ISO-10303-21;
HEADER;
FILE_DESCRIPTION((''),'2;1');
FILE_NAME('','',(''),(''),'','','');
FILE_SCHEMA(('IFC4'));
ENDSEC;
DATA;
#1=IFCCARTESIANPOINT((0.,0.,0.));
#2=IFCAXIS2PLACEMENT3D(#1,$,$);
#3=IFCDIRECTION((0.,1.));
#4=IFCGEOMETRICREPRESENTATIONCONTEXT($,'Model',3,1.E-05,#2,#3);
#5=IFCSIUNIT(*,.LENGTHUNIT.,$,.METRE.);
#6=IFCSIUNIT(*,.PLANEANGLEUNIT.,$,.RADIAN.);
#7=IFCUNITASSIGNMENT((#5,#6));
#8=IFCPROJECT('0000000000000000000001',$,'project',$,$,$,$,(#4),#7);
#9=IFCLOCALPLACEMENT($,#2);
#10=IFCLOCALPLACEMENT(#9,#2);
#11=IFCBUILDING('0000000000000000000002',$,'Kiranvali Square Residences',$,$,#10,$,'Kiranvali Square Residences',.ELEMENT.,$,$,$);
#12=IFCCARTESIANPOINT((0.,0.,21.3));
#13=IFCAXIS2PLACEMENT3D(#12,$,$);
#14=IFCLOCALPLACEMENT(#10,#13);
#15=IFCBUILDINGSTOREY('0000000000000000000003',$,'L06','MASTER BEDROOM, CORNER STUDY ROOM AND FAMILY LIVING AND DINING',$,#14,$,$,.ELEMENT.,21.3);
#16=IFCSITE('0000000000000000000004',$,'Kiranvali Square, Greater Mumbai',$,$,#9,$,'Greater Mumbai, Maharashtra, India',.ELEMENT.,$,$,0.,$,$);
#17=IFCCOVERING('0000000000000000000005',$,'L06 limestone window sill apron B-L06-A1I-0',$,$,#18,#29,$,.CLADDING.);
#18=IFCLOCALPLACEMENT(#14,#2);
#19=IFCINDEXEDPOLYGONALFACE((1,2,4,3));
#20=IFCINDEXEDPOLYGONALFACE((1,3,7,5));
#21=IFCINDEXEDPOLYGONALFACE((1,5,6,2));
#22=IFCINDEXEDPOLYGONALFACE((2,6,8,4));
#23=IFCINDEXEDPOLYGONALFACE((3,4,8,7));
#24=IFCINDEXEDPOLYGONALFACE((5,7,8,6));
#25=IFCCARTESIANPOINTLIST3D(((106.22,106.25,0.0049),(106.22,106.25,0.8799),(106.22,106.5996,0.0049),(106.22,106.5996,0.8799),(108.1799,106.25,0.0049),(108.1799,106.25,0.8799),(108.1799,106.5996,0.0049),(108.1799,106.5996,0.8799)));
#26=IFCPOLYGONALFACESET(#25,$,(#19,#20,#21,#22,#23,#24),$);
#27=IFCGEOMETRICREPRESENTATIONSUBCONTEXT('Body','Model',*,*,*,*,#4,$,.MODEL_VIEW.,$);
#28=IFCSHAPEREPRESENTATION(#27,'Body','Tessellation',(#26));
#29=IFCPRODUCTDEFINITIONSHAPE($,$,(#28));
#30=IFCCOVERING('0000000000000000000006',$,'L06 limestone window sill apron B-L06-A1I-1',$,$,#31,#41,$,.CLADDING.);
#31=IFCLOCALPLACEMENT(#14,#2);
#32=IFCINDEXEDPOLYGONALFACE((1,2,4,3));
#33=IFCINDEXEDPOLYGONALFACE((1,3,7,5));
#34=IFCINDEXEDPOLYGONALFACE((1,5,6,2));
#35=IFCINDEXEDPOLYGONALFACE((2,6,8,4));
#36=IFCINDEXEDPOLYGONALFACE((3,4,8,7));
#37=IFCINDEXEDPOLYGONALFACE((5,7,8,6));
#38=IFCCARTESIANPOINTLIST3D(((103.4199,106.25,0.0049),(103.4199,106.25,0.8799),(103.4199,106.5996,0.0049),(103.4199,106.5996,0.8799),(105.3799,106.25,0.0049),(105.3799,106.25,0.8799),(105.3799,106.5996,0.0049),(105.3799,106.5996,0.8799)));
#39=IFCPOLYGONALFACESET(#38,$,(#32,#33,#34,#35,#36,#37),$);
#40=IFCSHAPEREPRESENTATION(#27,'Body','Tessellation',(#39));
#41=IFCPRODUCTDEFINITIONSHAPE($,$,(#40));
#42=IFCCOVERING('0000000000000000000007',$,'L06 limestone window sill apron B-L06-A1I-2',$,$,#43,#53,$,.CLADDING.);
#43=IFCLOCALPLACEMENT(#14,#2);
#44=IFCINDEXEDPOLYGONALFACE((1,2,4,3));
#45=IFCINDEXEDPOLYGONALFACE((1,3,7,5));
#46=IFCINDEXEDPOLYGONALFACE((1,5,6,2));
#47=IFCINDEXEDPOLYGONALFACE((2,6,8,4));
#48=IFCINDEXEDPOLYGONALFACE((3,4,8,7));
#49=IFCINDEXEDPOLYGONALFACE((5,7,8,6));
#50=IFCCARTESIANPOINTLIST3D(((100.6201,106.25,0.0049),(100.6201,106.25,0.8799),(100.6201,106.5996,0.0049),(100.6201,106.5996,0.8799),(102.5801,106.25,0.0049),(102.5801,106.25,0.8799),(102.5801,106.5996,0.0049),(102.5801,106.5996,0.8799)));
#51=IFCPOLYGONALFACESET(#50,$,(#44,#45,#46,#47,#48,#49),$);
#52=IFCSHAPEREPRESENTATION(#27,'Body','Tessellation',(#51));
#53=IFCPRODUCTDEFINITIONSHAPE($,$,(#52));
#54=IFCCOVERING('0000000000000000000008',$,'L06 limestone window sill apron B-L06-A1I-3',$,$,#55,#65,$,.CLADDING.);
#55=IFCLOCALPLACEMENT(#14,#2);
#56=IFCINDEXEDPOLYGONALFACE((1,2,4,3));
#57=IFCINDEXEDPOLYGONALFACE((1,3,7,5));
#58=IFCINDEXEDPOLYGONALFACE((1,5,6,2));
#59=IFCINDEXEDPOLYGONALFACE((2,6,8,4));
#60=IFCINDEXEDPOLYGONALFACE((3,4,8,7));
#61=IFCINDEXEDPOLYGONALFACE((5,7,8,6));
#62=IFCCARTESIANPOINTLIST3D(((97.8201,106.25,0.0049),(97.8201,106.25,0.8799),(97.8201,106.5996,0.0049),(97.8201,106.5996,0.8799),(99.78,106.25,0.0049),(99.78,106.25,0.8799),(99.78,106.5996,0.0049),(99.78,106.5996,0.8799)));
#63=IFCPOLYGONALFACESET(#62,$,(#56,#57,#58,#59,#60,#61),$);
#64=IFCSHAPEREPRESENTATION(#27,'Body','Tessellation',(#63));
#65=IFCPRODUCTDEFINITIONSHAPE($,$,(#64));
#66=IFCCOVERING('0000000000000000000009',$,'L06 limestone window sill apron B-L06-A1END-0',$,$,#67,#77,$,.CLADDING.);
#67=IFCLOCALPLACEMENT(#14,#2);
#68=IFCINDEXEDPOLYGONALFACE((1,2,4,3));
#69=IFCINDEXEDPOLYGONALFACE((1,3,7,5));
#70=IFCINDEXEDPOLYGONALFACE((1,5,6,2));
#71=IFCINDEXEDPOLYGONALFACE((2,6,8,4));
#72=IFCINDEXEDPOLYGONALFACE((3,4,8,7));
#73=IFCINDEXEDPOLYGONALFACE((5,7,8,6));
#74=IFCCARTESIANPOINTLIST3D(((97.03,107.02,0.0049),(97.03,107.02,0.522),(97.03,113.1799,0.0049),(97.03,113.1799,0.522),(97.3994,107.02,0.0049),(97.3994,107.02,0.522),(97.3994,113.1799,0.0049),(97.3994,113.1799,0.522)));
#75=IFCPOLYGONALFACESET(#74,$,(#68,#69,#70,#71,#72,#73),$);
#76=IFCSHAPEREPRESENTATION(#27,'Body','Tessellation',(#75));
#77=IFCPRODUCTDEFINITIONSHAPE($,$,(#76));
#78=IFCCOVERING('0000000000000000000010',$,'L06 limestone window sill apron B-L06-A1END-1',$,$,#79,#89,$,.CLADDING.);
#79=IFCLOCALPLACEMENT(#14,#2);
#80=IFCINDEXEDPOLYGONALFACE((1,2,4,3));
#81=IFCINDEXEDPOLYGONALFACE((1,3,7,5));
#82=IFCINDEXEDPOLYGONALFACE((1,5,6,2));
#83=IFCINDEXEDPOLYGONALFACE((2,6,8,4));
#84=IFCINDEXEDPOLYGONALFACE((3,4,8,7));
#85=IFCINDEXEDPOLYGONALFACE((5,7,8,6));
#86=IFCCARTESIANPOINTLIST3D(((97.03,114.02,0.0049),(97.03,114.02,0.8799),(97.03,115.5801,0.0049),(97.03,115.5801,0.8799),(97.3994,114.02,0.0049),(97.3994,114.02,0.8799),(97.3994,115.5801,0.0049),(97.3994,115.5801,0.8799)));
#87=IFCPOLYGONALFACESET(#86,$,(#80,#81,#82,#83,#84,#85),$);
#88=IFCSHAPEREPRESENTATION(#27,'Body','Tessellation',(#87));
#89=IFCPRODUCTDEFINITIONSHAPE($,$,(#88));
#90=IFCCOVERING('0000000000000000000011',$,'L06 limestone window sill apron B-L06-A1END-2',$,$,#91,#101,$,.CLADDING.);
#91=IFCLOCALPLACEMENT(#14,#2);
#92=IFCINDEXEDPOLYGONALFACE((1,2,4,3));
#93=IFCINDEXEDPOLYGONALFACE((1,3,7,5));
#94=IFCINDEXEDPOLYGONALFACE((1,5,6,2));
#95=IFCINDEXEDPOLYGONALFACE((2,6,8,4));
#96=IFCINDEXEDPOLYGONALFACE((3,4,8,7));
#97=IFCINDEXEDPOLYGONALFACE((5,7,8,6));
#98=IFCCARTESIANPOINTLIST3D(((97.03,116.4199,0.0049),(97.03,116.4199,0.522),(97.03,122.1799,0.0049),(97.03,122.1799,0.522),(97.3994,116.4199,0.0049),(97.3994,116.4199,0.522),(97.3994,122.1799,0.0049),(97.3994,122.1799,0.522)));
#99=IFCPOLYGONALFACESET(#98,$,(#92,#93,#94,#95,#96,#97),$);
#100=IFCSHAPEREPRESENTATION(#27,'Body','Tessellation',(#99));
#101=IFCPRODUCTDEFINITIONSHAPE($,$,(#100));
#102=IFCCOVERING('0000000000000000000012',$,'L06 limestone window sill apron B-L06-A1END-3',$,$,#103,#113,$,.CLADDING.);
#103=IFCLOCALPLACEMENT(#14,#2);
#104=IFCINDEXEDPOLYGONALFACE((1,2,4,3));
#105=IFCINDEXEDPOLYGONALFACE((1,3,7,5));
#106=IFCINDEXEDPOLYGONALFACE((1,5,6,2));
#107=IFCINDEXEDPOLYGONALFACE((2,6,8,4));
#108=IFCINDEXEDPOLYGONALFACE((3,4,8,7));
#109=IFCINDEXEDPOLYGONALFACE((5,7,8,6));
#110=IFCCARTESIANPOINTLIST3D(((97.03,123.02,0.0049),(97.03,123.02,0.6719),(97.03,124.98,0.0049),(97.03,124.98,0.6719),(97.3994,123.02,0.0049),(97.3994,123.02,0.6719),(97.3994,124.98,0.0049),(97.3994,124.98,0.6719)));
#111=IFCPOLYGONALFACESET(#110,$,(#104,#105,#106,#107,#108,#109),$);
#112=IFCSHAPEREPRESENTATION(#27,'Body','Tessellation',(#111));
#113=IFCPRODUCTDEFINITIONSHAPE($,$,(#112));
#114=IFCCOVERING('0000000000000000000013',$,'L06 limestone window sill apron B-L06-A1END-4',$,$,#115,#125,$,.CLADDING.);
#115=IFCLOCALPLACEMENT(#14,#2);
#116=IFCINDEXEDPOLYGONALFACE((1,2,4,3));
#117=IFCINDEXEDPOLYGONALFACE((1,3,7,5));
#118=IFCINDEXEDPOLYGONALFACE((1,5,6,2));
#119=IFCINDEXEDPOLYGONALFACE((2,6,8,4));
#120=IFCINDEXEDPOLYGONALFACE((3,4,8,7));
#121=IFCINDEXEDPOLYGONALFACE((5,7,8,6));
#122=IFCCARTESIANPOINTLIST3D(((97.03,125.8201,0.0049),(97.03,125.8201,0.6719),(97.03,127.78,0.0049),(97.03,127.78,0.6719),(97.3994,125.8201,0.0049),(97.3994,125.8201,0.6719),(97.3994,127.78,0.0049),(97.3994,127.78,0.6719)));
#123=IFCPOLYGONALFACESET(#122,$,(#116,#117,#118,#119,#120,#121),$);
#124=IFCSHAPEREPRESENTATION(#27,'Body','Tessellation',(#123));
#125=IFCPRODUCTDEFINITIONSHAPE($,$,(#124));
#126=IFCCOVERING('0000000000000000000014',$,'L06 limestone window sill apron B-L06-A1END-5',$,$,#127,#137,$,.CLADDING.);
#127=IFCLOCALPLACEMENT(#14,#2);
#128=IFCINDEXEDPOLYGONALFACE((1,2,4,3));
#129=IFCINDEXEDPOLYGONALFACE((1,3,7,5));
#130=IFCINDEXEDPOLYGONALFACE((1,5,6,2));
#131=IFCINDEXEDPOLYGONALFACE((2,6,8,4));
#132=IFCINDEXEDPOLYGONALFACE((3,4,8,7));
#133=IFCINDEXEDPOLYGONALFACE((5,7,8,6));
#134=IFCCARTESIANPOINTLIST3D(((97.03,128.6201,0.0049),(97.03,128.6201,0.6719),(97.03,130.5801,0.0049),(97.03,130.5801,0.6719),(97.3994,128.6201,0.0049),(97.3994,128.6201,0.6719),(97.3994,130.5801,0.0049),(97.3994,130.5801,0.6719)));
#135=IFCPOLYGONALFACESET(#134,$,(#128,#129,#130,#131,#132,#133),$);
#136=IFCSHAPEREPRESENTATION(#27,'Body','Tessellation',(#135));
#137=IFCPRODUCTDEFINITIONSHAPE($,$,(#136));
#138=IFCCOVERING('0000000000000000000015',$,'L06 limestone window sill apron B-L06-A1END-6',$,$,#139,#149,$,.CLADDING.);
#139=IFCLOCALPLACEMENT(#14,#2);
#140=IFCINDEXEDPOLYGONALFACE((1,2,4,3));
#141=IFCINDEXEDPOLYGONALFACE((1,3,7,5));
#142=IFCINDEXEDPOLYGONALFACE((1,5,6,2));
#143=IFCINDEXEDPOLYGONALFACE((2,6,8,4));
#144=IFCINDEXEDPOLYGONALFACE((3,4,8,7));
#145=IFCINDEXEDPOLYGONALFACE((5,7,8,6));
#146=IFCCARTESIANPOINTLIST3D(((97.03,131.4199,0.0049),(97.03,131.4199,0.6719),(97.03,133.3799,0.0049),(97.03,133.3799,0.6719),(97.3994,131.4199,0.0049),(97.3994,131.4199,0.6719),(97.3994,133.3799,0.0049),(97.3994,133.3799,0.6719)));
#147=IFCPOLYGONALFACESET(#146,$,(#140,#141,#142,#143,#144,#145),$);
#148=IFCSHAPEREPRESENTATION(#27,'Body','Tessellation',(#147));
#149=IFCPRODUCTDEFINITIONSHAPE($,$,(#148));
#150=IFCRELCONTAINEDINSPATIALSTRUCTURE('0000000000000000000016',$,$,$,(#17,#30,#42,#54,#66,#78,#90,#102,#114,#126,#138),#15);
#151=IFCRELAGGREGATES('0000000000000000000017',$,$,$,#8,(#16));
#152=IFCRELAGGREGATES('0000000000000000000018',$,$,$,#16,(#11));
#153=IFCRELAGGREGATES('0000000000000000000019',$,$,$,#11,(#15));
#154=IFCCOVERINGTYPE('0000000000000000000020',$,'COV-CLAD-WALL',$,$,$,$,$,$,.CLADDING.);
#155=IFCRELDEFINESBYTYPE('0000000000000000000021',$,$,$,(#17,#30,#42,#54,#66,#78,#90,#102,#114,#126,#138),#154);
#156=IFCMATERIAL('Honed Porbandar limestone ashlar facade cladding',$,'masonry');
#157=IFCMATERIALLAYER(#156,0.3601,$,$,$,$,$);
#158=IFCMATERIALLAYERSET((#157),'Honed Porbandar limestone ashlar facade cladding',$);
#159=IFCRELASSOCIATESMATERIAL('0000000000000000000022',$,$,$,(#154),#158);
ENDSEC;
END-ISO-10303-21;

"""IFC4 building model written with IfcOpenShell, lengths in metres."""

from ifc_helpers import new_model, si_unit, direction, frame, origin, place, context, subcontext, project, spatial, polyline, outline, extrude, material, layer, layer_set, type_object, element, save


model = new_model("IFC4")

# Units and contexts
model_context = context("Model", 3, precision=1e-05, world=origin(), true_north=direction((0.0, 1.0)))
body_context = subcontext(model_context, "Body", "Model", "MODEL_VIEW")
ifc_project = project(units=[si_unit("LENGTHUNIT", "METRE"), si_unit("PLANEANGLEUNIT", "RADIAN")], contexts=[model_context])

# Site, building, storey
site_placement = place(None, origin())
site = spatial("IfcSite", under=ifc_project, at=site_placement, Name="Kiranvali Square, Greater Mumbai", LongName="Greater Mumbai, Maharashtra, India", CompositionType="ELEMENT", RefElevation=0.0)
building_placement = place(site_placement, origin())
building = spatial("IfcBuilding", under=site, at=building_placement, Name="Kiranvali Square Residences", LongName="Kiranvali Square Residences", CompositionType="ELEMENT")
storey_placement = place(building_placement, frame((0.0, 0.0, 21.3)))
storey = spatial("IfcBuildingStorey", under=building, at=storey_placement, Name="L06", Description="MASTER BEDROOM, CORNER STUDY ROOM AND FAMILY LIVING AND DINING", CompositionType="ELEMENT", Elevation=21.3)

# Coverings
ifc_material_1 = material(Name="Honed Porbandar limestone ashlar facade cladding", Category="masonry")
ifc_layer_1 = layer(ifc_material_1, 0.3601)
ifc_layer_set_1 = layer_set([ifc_layer_1], Name="Honed Porbandar limestone ashlar facade cladding")
covering_type_1 = type_object("IfcCoveringType", Name="COV-CLAD-WALL", PredefinedType="CLADDING", material=ifc_layer_set_1)
covering_1_placement = place(storey_placement, frame((0.0, 0.0, 0.0049)))
element("IfcCovering", 1, at=covering_1_placement, inside=storey, type_object=covering_type_1, Name="L06 limestone window sill apron B-L06-A1I-0", PredefinedType="CLADDING", context=body_context, shape_type="SweptSolid", body=[
    extrude(outline(polyline([(108.1799, 106.5996), (106.22, 106.5996), (106.22, 106.25), (108.1799, 106.25), (108.1799, 106.5996)])), origin(), (0.0, 0.0, 1.0), 0.875),
])
covering_2_placement = place(storey_placement, frame((0.0, 0.0, 0.0049)))
element("IfcCovering", 2, at=covering_2_placement, inside=storey, type_object=covering_type_1, Name="L06 limestone window sill apron B-L06-A1I-1", PredefinedType="CLADDING", context=body_context, shape_type="SweptSolid", body=[
    extrude(outline(polyline([(105.3799, 106.5996), (103.4199, 106.5996), (103.4199, 106.25), (105.3799, 106.25), (105.3799, 106.5996)])), origin(), (0.0, 0.0, 1.0), 0.875),
])
covering_3_placement = place(storey_placement, frame((0.0, 0.0, 0.0049)))
element("IfcCovering", 3, at=covering_3_placement, inside=storey, type_object=covering_type_1, Name="L06 limestone window sill apron B-L06-A1I-2", PredefinedType="CLADDING", context=body_context, shape_type="SweptSolid", body=[
    extrude(outline(polyline([(102.5801, 106.5996), (100.6201, 106.5996), (100.6201, 106.25), (102.5801, 106.25), (102.5801, 106.5996)])), origin(), (0.0, 0.0, 1.0), 0.875),
])
covering_4_placement = place(storey_placement, frame((0.0, 0.0, 0.0049)))
element("IfcCovering", 4, at=covering_4_placement, inside=storey, type_object=covering_type_1, Name="L06 limestone window sill apron B-L06-A1I-3", PredefinedType="CLADDING", context=body_context, shape_type="SweptSolid", body=[
    extrude(outline(polyline([(99.78, 106.5996), (97.8201, 106.5996), (97.8201, 106.25), (99.78, 106.25), (99.78, 106.5996)])), origin(), (0.0, 0.0, 1.0), 0.875),
])
covering_5_placement = place(storey_placement, frame((0.0, 0.0, 0.0049)))
element("IfcCovering", 5, at=covering_5_placement, inside=storey, type_object=covering_type_1, Name="L06 limestone window sill apron B-L06-A1END-0", PredefinedType="CLADDING", context=body_context, shape_type="SweptSolid", body=[
    extrude(outline(polyline([(97.3994, 107.02), (97.3994, 113.1799), (97.03, 113.1799), (97.03, 107.02), (97.3994, 107.02)])), origin(), (0.0, 0.0, 1.0), 0.5171),
])
covering_6_placement = place(storey_placement, frame((0.0, 0.0, 0.0049)))
element("IfcCovering", 6, at=covering_6_placement, inside=storey, type_object=covering_type_1, Name="L06 limestone window sill apron B-L06-A1END-1", PredefinedType="CLADDING", context=body_context, shape_type="SweptSolid", body=[
    extrude(outline(polyline([(97.3994, 114.02), (97.3994, 115.5801), (97.03, 115.5801), (97.03, 114.02), (97.3994, 114.02)])), origin(), (0.0, 0.0, 1.0), 0.875),
])
covering_7_placement = place(storey_placement, frame((0.0, 0.0, 0.0049)))
element("IfcCovering", 7, at=covering_7_placement, inside=storey, type_object=covering_type_1, Name="L06 limestone window sill apron B-L06-A1END-2", PredefinedType="CLADDING", context=body_context, shape_type="SweptSolid", body=[
    extrude(outline(polyline([(97.3994, 116.4199), (97.3994, 122.1799), (97.03, 122.1799), (97.03, 116.4199), (97.3994, 116.4199)])), origin(), (0.0, 0.0, 1.0), 0.5171),
])
covering_8_placement = place(storey_placement, frame((0.0, 0.0, 0.0049)))
element("IfcCovering", 8, at=covering_8_placement, inside=storey, type_object=covering_type_1, Name="L06 limestone window sill apron B-L06-A1END-3", PredefinedType="CLADDING", context=body_context, shape_type="SweptSolid", body=[
    extrude(outline(polyline([(97.3994, 123.02), (97.3994, 124.98), (97.03, 124.98), (97.03, 123.02), (97.3994, 123.02)])), origin(), (0.0, 0.0, 1.0), 0.667),
])
covering_9_placement = place(storey_placement, frame((0.0, 0.0, 0.0049)))
element("IfcCovering", 9, at=covering_9_placement, inside=storey, type_object=covering_type_1, Name="L06 limestone window sill apron B-L06-A1END-4", PredefinedType="CLADDING", context=body_context, shape_type="SweptSolid", body=[
    extrude(outline(polyline([(97.3994, 125.8201), (97.3994, 127.78), (97.03, 127.78), (97.03, 125.8201), (97.3994, 125.8201)])), origin(), (0.0, 0.0, 1.0), 0.667),
])
covering_10_placement = place(storey_placement, frame((0.0, 0.0, 0.0049)))
element("IfcCovering", 10, at=covering_10_placement, inside=storey, type_object=covering_type_1, Name="L06 limestone window sill apron B-L06-A1END-5", PredefinedType="CLADDING", context=body_context, shape_type="SweptSolid", body=[
    extrude(outline(polyline([(97.3994, 128.6201), (97.3994, 130.5801), (97.03, 130.5801), (97.03, 128.6201), (97.3994, 128.6201)])), origin(), (0.0, 0.0, 1.0), 0.667),
])
covering_11_placement = place(storey_placement, frame((0.0, 0.0, 0.0049)))
element("IfcCovering", 11, at=covering_11_placement, inside=storey, type_object=covering_type_1, Name="L06 limestone window sill apron B-L06-A1END-6", PredefinedType="CLADDING", context=body_context, shape_type="SweptSolid", body=[
    extrude(outline(polyline([(97.3994, 131.4199), (97.3994, 133.3799), (97.03, 133.3799), (97.03, 131.4199), (97.3994, 131.4199)])), origin(), (0.0, 0.0, 1.0), 0.667),
])

save(model, "model.ifc")
